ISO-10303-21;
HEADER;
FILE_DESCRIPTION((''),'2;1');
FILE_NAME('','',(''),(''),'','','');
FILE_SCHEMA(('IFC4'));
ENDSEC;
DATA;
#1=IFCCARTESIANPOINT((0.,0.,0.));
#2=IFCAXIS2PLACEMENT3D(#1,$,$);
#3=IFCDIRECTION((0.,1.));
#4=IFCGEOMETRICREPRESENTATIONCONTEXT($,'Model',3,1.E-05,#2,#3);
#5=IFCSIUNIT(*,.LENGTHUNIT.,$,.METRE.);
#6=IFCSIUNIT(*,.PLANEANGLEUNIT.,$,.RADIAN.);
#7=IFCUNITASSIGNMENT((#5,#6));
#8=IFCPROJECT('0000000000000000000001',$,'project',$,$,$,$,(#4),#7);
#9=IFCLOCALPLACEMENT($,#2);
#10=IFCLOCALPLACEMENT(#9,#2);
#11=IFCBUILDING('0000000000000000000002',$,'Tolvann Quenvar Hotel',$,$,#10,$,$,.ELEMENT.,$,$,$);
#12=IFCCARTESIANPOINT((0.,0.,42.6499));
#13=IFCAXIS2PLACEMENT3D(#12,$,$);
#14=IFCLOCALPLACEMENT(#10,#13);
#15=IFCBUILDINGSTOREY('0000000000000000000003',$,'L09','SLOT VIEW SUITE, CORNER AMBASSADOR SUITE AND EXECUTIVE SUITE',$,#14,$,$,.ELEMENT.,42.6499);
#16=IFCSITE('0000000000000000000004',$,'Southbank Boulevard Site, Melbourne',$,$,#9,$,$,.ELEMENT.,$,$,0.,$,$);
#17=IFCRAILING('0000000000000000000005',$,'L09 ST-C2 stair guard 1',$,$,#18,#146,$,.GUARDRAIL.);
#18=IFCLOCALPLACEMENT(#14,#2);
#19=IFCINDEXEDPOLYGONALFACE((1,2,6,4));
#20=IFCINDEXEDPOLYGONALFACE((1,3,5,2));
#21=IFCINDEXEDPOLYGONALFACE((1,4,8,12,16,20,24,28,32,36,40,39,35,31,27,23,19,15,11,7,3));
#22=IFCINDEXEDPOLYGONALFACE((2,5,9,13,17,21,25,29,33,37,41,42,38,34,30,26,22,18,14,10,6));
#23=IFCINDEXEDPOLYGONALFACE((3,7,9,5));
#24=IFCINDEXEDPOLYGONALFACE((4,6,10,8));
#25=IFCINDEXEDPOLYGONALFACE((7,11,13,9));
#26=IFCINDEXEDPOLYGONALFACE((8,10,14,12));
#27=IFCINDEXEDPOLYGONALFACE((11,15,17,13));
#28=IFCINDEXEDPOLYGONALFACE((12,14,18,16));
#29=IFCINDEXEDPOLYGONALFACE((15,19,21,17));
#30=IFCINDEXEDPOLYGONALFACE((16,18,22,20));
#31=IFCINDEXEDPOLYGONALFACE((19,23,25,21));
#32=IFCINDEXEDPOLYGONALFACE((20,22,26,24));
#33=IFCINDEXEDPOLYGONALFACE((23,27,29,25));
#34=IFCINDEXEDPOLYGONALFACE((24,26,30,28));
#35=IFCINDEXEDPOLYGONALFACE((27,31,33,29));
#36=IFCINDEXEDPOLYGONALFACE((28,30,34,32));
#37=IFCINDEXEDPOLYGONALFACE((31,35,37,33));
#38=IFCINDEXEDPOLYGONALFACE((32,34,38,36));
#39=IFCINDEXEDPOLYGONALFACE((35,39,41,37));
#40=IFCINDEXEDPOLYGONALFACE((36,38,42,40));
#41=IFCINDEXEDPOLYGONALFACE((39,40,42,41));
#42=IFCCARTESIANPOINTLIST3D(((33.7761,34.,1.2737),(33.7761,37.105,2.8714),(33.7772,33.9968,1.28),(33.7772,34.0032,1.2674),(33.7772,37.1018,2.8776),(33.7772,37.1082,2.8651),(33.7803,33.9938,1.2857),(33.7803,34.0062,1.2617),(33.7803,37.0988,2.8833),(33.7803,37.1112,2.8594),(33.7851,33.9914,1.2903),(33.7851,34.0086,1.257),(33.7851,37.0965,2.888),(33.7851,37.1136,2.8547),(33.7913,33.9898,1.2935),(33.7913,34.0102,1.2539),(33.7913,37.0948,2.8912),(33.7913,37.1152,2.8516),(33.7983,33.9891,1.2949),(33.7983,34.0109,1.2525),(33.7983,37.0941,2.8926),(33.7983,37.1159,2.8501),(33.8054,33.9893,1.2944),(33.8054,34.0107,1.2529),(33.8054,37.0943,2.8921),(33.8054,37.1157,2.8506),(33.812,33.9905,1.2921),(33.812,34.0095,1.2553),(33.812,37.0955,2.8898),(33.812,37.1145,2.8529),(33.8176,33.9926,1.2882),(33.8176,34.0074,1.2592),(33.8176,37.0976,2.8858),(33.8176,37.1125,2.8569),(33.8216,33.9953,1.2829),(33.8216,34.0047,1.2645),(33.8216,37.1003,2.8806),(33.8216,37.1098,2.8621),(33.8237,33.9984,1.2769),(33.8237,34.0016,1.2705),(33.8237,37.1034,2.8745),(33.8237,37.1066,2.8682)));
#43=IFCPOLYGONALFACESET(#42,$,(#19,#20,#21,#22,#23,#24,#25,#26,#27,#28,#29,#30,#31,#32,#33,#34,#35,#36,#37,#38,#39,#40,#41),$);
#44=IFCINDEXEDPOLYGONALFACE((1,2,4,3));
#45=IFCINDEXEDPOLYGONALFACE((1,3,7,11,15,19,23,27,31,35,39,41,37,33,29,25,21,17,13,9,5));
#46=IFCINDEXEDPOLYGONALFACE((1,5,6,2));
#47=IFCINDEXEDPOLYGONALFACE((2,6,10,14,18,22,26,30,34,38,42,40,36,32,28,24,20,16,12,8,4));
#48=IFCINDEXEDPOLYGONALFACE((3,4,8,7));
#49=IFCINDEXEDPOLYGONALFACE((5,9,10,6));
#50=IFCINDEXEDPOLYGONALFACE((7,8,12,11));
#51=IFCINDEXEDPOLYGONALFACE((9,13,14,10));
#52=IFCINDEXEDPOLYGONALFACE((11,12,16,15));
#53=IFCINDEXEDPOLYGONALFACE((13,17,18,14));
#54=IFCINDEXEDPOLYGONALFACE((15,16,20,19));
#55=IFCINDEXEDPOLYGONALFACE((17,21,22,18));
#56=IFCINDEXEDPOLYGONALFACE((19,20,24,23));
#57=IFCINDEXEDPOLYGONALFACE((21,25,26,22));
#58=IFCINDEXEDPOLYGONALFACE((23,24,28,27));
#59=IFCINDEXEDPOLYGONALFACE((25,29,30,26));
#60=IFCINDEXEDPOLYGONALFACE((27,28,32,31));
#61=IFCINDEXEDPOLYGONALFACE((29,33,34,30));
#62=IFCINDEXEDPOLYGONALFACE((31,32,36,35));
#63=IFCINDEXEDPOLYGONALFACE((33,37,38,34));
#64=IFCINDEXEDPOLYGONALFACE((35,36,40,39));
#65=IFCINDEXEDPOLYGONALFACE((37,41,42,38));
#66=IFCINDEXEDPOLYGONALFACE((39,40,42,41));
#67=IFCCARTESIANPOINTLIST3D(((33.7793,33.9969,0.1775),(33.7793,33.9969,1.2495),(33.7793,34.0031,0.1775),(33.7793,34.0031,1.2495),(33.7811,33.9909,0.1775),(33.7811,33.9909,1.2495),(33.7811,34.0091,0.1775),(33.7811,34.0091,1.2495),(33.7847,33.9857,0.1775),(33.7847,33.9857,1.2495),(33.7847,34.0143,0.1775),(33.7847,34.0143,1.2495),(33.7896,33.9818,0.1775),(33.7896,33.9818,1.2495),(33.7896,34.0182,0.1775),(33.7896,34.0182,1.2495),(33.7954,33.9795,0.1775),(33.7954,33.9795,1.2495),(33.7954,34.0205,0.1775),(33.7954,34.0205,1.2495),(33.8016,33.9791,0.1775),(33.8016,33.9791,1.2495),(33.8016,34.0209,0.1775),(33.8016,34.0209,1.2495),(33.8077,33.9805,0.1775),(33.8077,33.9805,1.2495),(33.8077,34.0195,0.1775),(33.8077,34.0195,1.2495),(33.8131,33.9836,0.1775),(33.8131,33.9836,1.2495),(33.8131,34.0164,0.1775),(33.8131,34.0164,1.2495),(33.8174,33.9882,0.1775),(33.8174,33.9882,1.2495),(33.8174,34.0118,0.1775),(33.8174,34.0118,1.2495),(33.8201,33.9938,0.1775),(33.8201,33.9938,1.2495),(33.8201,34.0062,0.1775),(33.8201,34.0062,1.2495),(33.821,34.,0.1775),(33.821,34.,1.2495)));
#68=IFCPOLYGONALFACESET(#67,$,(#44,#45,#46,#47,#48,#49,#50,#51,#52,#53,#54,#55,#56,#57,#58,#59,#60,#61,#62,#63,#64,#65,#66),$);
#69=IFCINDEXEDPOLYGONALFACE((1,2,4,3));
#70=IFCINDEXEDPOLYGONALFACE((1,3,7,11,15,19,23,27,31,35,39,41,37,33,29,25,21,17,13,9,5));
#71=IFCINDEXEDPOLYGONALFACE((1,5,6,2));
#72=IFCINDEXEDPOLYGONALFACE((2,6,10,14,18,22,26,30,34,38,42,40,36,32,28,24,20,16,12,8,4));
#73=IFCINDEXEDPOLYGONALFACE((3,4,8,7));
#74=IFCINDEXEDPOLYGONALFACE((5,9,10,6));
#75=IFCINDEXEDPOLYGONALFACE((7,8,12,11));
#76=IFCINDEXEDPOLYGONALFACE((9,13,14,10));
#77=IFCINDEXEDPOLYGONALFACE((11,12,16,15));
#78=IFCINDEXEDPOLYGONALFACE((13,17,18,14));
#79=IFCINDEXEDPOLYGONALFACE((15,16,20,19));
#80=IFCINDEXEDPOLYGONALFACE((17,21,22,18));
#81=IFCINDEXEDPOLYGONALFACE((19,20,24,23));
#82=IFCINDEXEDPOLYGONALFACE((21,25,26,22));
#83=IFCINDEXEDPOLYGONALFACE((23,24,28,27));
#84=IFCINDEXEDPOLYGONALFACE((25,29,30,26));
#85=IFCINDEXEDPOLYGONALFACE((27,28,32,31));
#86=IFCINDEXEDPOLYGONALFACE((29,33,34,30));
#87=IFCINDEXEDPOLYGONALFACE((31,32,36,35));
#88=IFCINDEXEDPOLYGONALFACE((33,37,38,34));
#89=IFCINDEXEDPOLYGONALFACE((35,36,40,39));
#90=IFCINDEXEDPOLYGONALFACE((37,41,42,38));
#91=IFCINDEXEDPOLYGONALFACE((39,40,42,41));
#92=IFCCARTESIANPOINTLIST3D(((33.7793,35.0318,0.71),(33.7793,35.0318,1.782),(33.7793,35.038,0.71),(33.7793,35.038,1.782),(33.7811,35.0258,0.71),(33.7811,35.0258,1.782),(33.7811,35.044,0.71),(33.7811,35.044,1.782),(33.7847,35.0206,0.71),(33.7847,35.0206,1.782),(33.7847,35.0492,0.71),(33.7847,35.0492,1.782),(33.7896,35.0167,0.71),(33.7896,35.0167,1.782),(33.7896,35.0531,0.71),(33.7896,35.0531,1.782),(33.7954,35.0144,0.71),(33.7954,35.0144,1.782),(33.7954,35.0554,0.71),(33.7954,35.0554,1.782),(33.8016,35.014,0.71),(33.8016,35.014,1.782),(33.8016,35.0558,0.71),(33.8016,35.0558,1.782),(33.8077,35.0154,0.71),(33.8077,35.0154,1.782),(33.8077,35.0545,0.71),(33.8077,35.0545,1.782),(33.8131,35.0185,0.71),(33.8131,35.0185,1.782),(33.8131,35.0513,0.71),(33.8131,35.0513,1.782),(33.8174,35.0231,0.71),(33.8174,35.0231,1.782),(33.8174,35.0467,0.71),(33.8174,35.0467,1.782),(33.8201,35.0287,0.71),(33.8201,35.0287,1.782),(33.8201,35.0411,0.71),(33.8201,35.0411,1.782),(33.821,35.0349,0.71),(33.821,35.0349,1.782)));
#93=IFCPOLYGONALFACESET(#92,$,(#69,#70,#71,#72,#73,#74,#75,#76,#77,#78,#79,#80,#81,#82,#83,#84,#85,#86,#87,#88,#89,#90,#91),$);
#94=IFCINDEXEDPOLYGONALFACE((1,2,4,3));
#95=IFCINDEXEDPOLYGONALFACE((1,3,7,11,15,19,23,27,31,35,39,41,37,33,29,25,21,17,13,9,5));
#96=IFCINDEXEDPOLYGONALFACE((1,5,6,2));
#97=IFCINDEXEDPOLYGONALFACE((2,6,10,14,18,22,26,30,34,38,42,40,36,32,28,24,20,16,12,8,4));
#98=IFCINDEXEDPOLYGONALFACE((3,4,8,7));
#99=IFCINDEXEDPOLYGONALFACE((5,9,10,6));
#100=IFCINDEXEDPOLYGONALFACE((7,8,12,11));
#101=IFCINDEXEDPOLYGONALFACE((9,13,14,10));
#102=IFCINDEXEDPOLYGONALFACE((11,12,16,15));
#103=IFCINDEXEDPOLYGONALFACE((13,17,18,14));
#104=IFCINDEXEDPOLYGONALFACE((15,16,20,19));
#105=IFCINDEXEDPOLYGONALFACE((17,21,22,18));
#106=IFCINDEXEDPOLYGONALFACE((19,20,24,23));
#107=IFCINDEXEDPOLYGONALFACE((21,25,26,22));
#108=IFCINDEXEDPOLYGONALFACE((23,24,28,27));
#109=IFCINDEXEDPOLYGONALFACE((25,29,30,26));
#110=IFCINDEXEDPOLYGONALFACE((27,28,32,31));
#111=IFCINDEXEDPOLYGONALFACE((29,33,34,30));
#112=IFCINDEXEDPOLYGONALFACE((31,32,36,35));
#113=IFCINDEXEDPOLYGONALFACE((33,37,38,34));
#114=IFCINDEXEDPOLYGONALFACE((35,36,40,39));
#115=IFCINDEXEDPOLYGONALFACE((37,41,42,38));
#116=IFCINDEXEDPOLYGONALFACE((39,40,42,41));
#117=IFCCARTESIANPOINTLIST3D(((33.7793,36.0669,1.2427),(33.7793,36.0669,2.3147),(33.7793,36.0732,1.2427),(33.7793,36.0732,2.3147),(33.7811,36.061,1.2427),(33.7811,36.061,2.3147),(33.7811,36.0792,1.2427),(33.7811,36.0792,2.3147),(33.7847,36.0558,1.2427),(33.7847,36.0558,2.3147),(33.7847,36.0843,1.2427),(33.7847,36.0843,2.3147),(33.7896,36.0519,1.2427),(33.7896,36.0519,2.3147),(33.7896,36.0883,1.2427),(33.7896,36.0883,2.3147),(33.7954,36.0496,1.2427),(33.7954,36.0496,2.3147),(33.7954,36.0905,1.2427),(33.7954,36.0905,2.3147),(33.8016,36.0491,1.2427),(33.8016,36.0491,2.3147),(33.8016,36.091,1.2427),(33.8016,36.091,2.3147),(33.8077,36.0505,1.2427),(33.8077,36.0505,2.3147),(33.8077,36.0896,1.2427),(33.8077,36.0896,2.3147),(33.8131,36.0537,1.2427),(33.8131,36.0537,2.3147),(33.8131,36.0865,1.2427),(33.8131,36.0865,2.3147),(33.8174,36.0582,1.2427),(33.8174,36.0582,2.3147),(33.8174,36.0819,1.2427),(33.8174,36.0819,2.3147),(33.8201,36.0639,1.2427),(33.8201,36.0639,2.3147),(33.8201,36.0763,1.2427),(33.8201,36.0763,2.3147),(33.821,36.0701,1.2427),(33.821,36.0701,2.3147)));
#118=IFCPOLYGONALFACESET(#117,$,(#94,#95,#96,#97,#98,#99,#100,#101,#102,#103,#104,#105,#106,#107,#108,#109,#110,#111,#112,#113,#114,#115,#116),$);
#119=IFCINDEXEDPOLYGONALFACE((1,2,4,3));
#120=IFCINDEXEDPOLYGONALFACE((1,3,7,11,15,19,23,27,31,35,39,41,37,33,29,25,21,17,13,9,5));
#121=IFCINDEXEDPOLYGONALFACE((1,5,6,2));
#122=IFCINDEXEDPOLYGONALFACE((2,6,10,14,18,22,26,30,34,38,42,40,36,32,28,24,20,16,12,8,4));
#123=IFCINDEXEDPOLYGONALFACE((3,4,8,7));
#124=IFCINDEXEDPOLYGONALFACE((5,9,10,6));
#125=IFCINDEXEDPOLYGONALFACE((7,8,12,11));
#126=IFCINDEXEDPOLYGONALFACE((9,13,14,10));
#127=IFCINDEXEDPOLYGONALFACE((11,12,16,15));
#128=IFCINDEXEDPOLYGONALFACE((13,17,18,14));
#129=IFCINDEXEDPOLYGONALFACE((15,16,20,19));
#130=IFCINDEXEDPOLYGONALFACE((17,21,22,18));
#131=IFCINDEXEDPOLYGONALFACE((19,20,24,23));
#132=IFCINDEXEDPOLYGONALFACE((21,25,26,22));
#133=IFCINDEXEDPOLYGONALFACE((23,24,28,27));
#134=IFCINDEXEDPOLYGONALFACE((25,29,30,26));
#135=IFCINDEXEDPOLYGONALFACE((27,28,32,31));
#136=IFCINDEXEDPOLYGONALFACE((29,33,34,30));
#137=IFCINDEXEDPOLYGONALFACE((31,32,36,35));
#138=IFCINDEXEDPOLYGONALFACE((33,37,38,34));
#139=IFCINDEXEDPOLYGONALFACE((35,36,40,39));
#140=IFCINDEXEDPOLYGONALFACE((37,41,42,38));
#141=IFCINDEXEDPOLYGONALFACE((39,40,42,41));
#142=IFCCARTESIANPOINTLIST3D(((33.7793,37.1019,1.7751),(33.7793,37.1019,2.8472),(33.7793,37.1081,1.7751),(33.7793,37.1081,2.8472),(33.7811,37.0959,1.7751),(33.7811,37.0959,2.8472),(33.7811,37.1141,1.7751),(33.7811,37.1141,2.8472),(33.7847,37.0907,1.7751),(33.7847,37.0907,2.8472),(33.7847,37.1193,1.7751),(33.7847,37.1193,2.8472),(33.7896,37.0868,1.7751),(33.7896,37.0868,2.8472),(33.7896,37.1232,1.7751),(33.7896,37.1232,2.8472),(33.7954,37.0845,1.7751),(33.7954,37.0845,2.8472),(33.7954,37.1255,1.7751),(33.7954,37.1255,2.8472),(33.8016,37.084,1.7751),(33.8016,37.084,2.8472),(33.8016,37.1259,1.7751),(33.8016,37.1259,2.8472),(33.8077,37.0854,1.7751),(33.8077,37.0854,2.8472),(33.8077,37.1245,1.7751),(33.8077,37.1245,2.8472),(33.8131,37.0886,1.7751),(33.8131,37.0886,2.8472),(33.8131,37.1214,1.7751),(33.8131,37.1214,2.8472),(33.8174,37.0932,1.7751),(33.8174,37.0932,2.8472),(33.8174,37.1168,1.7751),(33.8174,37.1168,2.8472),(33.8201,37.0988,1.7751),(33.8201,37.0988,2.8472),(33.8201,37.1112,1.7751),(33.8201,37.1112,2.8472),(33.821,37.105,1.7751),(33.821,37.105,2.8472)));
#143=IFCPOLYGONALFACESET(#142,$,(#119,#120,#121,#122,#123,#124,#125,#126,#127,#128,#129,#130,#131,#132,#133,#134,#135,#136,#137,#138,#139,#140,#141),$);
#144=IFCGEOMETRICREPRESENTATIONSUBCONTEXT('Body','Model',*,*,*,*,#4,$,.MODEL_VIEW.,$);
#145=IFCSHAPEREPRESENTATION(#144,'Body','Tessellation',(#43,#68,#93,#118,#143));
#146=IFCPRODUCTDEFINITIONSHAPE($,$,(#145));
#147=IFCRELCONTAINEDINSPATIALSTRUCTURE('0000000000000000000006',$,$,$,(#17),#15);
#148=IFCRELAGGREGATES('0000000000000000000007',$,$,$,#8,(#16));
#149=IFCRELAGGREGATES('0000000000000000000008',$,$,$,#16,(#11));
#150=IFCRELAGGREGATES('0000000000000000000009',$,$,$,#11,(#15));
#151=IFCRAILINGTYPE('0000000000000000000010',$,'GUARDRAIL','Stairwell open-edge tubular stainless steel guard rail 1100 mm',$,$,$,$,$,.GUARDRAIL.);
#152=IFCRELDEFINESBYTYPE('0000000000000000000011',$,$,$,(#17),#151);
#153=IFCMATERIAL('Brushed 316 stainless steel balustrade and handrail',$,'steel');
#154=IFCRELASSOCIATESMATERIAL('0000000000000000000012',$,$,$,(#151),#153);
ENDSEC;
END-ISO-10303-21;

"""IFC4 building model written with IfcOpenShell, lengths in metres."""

from ifc_helpers import new_model, si_unit, direction, frame, origin, origin_2d, place, context, subcontext, project, spatial, circle, extrude, material, type_object, element, save


model = new_model("IFC4")

# Units and contexts
model_context = context("Model", 3, precision=1e-05, world=origin(), true_north=direction((0.0, 1.0)))
body_context = subcontext(model_context, "Body", "Model", "MODEL_VIEW")
ifc_project = project(units=[si_unit("LENGTHUNIT", "METRE"), si_unit("PLANEANGLEUNIT", "RADIAN")], contexts=[model_context])

# Site, building, storey
site_placement = place(None, origin())
site = spatial("IfcSite", under=ifc_project, at=site_placement, Name="Southbank Boulevard Site, Melbourne", CompositionType="ELEMENT", RefElevation=0.0)
building_placement = place(site_placement, origin())
building = spatial("IfcBuilding", under=site, at=building_placement, Name="Tolvann Quenvar Hotel", CompositionType="ELEMENT")
storey_placement = place(building_placement, frame((0.0, 0.0, 42.6499)))
storey = spatial("IfcBuildingStorey", under=building, at=storey_placement, Name="L09", Description="SLOT VIEW SUITE, CORNER AMBASSADOR SUITE AND EXECUTIVE SUITE", CompositionType="ELEMENT", Elevation=42.6499)

# Railing
ifc_material_1 = material(Name="Brushed 316 stainless steel balustrade and handrail", Category="steel")
railing_type_1 = type_object("IfcRailingType", Name="GUARDRAIL", Description="Stairwell open-edge tubular stainless steel guard rail 1100 mm", PredefinedType="GUARDRAIL", material=ifc_material_1)
railing_1_placement = place(storey_placement, frame((33.8, 34.0, 0.1775)))
element("IfcRailing", 1, at=railing_1_placement, inside=storey, type_object=railing_type_1, Name="L09 ST-C2 stair guard 1", PredefinedType="GUARDRAIL", context=body_context, shape_type="SweptSolid", body=[
    extrude(circle(Radius=0.0239, at=origin_2d()), frame((0.0, 0.0, 1.0962), z_axis=(0.0, 0.889194, 0.457531), x_axis=(-1.0, 0.0, 0.0)), (0.0, 0.0, 1.0), 3.4919),
    extrude(circle(Radius=0.021, at=origin_2d()), origin(), (0.0, 0.0, 1.0), 1.072),
    extrude(circle(Radius=0.021, at=origin_2d()), frame((0.0, 1.0349, 0.5325)), (0.0, 0.0, 1.0), 1.072),
    extrude(circle(Radius=0.021, at=origin_2d()), frame((0.0, 2.0701, 1.0652)), (0.0, 0.0, 1.0), 1.072),
    extrude(circle(Radius=0.021, at=origin_2d()), frame((0.0, 3.105, 1.5977)), (0.0, 0.0, 1.0), 1.072),
])

save(model, "model.ifc")
